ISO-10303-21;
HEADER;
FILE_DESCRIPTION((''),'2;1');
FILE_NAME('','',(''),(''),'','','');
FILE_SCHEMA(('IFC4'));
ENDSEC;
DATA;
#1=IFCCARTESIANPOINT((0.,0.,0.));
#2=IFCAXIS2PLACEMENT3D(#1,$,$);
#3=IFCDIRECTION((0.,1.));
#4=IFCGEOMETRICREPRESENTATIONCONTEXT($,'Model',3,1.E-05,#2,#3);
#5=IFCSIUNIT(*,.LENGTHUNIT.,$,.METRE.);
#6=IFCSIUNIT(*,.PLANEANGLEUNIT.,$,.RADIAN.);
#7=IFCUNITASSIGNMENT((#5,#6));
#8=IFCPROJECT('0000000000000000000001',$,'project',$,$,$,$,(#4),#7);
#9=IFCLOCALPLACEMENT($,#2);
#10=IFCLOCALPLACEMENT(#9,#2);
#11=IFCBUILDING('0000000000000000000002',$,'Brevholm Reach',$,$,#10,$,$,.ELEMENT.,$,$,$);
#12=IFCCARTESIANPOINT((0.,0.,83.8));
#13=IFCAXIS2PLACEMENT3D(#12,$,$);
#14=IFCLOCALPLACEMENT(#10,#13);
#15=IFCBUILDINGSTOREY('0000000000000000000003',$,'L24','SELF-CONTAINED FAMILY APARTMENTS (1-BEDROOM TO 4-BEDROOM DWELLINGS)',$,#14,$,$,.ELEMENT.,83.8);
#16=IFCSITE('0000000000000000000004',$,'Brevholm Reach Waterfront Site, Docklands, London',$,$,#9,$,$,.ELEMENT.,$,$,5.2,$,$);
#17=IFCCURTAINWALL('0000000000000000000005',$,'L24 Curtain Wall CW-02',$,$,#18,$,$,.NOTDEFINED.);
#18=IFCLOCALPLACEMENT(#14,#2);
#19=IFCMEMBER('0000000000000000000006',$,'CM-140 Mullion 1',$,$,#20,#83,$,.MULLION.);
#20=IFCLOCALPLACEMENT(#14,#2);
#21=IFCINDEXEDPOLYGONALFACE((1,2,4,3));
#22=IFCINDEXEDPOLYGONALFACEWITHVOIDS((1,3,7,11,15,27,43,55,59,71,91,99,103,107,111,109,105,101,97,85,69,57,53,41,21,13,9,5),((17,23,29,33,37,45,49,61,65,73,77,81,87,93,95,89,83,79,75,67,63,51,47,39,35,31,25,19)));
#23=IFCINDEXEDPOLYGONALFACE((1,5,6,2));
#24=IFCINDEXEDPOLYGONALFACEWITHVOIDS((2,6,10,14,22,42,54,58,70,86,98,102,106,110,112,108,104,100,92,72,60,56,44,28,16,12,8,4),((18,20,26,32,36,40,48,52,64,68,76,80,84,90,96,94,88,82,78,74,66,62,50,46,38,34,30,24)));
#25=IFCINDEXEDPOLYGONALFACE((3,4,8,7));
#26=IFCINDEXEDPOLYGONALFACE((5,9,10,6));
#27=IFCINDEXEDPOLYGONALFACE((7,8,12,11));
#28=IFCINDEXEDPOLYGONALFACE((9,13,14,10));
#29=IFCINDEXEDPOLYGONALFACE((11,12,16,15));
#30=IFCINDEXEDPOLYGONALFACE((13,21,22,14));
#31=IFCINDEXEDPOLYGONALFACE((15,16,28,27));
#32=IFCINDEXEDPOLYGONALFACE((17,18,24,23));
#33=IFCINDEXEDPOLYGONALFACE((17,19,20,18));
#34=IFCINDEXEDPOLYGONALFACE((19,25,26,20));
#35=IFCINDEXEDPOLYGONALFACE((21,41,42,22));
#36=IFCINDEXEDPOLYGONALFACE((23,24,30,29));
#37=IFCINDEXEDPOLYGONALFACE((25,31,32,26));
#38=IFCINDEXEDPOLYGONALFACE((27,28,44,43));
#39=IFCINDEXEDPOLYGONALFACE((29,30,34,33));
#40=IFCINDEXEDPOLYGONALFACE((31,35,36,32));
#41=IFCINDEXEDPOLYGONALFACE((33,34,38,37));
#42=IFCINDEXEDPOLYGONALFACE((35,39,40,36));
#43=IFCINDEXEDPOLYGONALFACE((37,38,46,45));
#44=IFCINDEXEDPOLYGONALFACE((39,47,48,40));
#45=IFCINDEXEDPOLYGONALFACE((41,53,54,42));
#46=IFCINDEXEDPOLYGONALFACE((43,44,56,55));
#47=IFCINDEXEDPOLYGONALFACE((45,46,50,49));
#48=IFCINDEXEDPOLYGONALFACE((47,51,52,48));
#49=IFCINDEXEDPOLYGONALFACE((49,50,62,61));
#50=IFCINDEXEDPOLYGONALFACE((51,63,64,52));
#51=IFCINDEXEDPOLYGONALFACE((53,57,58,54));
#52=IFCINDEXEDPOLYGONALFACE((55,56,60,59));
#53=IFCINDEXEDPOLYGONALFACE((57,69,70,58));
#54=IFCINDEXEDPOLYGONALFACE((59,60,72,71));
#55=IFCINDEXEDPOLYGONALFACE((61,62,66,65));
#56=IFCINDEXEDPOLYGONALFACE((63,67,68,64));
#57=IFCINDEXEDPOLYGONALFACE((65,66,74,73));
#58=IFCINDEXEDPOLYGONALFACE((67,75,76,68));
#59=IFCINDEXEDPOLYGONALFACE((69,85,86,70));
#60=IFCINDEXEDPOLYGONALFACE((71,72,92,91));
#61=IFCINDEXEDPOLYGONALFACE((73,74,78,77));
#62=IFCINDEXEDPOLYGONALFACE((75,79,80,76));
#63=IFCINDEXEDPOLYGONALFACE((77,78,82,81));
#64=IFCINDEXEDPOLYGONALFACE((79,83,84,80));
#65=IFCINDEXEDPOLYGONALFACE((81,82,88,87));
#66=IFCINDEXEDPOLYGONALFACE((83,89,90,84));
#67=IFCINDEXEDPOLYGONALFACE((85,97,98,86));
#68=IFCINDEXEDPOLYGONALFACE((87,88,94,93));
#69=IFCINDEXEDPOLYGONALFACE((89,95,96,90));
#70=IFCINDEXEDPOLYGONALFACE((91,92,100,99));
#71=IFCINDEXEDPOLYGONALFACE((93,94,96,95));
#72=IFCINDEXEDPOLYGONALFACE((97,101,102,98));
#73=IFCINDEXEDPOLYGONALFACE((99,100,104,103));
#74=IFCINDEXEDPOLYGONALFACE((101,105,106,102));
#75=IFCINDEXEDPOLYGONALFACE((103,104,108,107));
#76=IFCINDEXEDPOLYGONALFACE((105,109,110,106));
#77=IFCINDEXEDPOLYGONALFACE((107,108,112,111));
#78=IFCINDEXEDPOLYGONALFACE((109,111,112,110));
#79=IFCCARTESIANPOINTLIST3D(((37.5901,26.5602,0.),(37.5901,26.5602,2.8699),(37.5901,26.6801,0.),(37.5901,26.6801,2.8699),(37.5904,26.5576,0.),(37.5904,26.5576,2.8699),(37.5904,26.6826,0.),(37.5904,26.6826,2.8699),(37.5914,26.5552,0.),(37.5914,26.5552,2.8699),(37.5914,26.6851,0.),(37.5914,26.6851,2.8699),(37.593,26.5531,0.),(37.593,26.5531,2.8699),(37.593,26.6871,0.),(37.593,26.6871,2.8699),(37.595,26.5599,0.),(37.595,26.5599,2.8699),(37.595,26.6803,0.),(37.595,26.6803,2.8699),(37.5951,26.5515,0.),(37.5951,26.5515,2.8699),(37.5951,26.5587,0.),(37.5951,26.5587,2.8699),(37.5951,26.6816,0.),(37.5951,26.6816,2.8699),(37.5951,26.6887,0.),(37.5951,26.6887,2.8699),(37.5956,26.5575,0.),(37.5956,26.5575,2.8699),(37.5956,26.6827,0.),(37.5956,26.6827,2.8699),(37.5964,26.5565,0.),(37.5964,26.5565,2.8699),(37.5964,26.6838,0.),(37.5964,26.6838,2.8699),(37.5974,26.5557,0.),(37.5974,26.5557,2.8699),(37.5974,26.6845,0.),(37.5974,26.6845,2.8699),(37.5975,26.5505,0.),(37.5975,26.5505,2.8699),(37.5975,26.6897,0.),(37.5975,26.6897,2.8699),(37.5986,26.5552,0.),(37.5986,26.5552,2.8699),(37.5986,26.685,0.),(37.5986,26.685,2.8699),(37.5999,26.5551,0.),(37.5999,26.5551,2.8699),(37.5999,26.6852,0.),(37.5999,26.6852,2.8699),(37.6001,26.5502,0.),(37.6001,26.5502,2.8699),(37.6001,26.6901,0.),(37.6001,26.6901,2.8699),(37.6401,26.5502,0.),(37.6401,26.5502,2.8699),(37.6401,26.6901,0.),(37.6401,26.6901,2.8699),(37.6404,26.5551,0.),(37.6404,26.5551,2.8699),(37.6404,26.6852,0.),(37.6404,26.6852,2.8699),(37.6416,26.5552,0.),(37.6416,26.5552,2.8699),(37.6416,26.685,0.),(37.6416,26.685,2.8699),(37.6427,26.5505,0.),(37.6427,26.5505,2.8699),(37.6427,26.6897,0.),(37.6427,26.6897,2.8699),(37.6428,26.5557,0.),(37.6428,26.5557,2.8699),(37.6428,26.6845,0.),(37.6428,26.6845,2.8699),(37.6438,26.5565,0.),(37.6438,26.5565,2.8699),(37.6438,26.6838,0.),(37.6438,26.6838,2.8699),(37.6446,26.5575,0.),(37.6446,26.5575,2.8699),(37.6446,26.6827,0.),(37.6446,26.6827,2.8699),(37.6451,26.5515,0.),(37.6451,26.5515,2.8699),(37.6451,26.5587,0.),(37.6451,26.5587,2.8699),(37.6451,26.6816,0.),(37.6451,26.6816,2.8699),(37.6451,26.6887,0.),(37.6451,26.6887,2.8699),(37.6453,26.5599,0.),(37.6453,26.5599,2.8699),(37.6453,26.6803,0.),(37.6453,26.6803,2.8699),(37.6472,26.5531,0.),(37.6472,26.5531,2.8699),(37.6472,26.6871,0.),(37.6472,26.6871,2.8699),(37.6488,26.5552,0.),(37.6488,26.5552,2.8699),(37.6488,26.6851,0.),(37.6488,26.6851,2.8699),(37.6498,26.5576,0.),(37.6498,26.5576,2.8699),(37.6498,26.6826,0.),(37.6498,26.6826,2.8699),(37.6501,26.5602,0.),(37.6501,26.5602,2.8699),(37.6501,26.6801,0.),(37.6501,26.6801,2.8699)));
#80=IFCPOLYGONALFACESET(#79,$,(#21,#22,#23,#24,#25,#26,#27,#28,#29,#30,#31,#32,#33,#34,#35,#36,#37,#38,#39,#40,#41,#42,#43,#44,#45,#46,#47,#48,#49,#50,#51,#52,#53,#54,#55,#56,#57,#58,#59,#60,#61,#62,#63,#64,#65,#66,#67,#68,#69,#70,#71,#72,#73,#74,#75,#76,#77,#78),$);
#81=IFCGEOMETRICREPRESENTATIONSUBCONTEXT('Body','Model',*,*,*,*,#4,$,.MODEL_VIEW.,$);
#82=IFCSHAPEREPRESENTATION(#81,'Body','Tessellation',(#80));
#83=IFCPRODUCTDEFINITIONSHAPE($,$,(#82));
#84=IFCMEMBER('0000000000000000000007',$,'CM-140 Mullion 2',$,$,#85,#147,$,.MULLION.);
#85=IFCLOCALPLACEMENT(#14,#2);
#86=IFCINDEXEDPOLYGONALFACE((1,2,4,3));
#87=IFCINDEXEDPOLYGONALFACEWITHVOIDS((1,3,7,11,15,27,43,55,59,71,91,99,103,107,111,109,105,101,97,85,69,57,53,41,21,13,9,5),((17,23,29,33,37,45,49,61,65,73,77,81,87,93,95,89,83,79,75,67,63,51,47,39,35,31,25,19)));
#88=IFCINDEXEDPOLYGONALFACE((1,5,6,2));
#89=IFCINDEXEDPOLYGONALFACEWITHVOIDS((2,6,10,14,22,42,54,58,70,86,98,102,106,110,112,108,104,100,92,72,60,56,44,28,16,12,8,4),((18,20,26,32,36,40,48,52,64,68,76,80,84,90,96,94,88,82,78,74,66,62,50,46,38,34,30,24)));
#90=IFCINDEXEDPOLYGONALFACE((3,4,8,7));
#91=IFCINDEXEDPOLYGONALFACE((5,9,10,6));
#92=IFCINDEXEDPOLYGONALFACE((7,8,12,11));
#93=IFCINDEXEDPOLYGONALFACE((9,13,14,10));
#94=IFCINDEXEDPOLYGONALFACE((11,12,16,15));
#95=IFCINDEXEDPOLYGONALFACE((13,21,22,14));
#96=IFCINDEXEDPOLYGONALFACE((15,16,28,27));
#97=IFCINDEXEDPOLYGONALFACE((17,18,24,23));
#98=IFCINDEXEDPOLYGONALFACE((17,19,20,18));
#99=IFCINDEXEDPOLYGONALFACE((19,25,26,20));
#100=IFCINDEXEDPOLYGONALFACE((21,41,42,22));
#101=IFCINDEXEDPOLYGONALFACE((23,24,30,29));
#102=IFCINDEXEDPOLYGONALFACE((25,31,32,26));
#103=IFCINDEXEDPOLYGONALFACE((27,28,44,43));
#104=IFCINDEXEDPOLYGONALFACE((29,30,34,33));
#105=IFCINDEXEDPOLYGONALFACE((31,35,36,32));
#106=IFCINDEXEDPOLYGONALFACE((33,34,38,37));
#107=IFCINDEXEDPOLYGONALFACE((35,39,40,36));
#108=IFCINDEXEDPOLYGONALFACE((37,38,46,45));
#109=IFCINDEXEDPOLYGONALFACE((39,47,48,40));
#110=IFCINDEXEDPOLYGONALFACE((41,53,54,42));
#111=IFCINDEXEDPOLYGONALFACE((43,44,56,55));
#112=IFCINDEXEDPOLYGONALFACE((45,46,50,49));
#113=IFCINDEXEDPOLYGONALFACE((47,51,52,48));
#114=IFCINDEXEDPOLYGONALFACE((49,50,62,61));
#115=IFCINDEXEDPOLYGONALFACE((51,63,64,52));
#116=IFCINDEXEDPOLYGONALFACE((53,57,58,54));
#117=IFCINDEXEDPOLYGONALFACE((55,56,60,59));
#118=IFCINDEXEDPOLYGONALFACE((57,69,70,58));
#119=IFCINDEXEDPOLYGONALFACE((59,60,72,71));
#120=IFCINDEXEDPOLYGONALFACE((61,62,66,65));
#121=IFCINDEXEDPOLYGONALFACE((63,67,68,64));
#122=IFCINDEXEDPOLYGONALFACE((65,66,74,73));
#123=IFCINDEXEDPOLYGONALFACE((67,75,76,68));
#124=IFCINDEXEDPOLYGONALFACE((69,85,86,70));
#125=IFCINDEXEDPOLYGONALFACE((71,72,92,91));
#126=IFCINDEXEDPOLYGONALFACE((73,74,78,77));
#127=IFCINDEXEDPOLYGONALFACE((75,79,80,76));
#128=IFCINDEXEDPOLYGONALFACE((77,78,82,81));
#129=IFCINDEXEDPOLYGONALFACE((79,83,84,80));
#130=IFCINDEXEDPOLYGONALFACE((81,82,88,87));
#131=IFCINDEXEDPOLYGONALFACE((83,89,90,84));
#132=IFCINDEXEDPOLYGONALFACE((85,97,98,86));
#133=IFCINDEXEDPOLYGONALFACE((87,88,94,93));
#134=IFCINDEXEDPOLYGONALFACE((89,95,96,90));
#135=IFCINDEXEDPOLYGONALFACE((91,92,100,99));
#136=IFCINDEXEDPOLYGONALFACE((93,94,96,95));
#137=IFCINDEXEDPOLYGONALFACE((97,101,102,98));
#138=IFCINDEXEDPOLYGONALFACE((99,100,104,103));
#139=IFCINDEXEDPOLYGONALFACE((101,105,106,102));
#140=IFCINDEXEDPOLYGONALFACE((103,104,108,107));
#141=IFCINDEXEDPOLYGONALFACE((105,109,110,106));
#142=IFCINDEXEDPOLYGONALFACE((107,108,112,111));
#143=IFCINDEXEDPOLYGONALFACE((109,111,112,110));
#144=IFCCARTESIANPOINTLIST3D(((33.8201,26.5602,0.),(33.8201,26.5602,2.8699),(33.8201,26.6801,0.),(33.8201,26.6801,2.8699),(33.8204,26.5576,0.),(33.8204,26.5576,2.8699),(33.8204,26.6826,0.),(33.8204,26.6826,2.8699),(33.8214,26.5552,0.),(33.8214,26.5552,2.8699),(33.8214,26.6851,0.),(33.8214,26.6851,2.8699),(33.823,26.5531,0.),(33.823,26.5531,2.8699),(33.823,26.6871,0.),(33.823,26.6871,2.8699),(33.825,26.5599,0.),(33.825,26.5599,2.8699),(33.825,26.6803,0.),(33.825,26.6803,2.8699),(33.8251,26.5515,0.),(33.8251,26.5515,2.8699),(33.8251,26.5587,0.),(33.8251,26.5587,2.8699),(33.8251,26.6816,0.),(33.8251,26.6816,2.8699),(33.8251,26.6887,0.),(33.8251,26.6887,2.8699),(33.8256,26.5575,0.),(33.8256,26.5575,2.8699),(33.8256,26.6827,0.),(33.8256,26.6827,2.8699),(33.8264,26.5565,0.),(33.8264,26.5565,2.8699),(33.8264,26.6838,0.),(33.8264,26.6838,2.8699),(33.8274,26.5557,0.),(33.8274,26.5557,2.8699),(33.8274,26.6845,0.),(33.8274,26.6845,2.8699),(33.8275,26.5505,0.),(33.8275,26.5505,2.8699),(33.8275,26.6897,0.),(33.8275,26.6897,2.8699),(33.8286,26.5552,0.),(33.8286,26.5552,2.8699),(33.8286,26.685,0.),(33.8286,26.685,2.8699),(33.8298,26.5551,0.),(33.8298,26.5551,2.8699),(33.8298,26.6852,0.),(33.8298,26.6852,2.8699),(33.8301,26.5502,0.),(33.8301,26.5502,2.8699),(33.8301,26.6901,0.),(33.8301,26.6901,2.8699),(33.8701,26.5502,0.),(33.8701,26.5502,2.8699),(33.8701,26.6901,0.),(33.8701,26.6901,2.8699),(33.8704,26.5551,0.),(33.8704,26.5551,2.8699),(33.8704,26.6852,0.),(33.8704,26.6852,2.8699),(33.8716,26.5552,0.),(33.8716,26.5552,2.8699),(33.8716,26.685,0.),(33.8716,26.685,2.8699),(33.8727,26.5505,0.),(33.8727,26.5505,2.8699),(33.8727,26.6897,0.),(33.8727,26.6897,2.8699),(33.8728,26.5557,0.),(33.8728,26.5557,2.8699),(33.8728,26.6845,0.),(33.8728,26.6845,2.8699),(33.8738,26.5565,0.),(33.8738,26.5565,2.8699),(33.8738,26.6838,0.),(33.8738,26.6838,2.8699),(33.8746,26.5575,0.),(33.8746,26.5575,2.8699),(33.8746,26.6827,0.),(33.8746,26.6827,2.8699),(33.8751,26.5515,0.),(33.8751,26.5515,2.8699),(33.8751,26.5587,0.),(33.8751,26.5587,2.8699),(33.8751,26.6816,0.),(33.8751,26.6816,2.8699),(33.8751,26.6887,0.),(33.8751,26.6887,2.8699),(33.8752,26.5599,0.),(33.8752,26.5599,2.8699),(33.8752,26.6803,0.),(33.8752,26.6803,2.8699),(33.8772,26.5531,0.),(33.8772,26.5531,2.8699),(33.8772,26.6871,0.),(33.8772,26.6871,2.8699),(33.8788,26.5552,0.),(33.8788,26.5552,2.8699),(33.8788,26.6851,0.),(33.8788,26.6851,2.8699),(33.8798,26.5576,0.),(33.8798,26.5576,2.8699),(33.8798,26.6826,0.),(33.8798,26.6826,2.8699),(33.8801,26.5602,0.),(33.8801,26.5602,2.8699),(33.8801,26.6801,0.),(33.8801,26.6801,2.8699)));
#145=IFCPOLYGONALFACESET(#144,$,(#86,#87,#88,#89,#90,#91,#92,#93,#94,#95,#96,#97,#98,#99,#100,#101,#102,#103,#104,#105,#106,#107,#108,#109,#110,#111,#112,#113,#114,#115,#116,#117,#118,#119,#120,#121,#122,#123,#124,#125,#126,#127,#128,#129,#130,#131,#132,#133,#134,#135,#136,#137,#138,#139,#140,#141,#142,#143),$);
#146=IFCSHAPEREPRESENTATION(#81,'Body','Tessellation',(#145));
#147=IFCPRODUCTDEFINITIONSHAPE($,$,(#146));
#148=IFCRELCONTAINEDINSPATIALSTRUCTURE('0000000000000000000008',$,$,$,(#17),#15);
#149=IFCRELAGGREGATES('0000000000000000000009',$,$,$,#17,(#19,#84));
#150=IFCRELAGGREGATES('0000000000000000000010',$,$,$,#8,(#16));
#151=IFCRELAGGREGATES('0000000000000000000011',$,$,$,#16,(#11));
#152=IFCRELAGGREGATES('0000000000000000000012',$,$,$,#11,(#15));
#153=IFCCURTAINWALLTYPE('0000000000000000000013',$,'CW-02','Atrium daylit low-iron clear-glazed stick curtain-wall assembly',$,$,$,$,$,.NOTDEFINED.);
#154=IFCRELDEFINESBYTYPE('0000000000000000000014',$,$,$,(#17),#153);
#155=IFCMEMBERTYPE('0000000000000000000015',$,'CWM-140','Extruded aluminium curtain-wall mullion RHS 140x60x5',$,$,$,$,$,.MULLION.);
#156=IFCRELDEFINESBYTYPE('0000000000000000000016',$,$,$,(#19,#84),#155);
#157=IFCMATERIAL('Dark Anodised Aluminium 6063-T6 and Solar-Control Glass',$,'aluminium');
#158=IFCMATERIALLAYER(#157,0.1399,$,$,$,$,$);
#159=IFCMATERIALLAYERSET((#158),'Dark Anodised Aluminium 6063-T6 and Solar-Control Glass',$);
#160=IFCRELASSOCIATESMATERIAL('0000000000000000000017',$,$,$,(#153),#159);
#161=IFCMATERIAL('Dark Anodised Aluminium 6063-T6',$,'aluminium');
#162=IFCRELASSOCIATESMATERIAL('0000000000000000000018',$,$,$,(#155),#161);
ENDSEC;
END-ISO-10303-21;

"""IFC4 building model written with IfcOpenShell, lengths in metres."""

from ifc_helpers import new_model, si_unit, direction, frame, origin, origin_2d, place, context, subcontext, project, spatial, hollow_rectangle, extrude, material, layer, layer_set, material_profile, profile_set, type_object, element, aggregate, save


model = new_model("IFC4")

# Units and contexts
model_context = context("Model", 3, precision=1e-05, world=origin(), true_north=direction((0.0, 1.0)))
body_context = subcontext(model_context, "Body", "Model", "MODEL_VIEW")
ifc_project = project(units=[si_unit("LENGTHUNIT", "METRE"), si_unit("PLANEANGLEUNIT", "RADIAN")], contexts=[model_context])

# Site, building, storey
site_placement = place(None, origin())
site = spatial("IfcSite", under=ifc_project, at=site_placement, Name="Brevholm Reach Waterfront Site, Docklands, London", CompositionType="ELEMENT", RefElevation=5.2)
building_placement = place(site_placement, origin())
building = spatial("IfcBuilding", under=site, at=building_placement, Name="Brevholm Reach", CompositionType="ELEMENT")
storey_placement = place(building_placement, frame((0.0, 0.0, 83.8)))
storey = spatial("IfcBuildingStorey", under=building, at=storey_placement, Name="L24", Description="SELF-CONTAINED FAMILY APARTMENTS (1-BEDROOM TO 4-BEDROOM DWELLINGS)", CompositionType="ELEMENT", Elevation=83.8)

# Curtain wall, members
ifc_material_1 = material(Name="Dark Anodised Aluminium 6063-T6 and Solar-Control Glass", Category="aluminium")
ifc_layer_1 = layer(ifc_material_1, 0.1399)
ifc_layer_set_1 = layer_set([ifc_layer_1], Name="Dark Anodised Aluminium 6063-T6 and Solar-Control Glass")
curtain_wall_type_1 = type_object("IfcCurtainWallType", Name="CW-02", Description="Atrium daylit low-iron clear-glazed stick curtain-wall assembly", PredefinedType="NOTDEFINED", material=ifc_layer_set_1)
curtain_wall_1_placement = place(storey_placement, origin())
curtain_wall_1 = element("IfcCurtainWall", 1, at=curtain_wall_1_placement, inside=storey, type_object=curtain_wall_type_1, Name="L24 Curtain Wall CW-02", PredefinedType="NOTDEFINED")
ifc_material_2 = material(Name="Dark Anodised Aluminium 6063-T6", Category="aluminium")
ifc_material_profile_1 = material_profile(ifc_material_2, hollow_rectangle(XDim=0.0601, YDim=0.1399, WallThickness=0.0049, InnerFilletRadius=0.0049, OuterFilletRadius=0.01, at=origin_2d()), Name="RHS 140x60x5")
ifc_profile_set_1 = profile_set([ifc_material_profile_1], Name="Dark Anodised Aluminium 6063-T6")
member_type_1 = type_object("IfcMemberType", Name="CWM-140", Description="Extruded aluminium curtain-wall mullion RHS 140x60x5", PredefinedType="MULLION", material=ifc_profile_set_1)
member_1_placement = place(storey_placement, frame((37.6201, 26.6201, 0.0), z_axis=(0.0, 0.0, 1.0), x_axis=(-1.0, 0.0, 0.0)))
member_1 = element("IfcMember", 2, at=member_1_placement, type_object=member_type_1, Name="CM-140 Mullion 1", PredefinedType="MULLION", context=body_context, shape_type="SweptSolid", body=[
    extrude(hollow_rectangle(XDim=0.0601, YDim=0.1399, WallThickness=0.0049, InnerFilletRadius=0.0049, OuterFilletRadius=0.01, at=origin_2d()), origin(), (0.0, 0.0, 1.0), 2.8699),
])
member_2_placement = place(storey_placement, frame((33.8501, 26.6201, 0.0), z_axis=(0.0, 0.0, 1.0), x_axis=(-1.0, 0.0, 0.0)))
member_2 = element("IfcMember", 3, at=member_2_placement, type_object=member_type_1, Name="CM-140 Mullion 2", PredefinedType="MULLION", context=body_context, shape_type="SweptSolid", body=[
    extrude(hollow_rectangle(XDim=0.0601, YDim=0.1399, WallThickness=0.0049, InnerFilletRadius=0.0049, OuterFilletRadius=0.01, at=origin_2d()), origin(), (0.0, 0.0, 1.0), 2.8699),
])

aggregate(curtain_wall_1, [member_1, member_2])

save(model, "model.ifc")
